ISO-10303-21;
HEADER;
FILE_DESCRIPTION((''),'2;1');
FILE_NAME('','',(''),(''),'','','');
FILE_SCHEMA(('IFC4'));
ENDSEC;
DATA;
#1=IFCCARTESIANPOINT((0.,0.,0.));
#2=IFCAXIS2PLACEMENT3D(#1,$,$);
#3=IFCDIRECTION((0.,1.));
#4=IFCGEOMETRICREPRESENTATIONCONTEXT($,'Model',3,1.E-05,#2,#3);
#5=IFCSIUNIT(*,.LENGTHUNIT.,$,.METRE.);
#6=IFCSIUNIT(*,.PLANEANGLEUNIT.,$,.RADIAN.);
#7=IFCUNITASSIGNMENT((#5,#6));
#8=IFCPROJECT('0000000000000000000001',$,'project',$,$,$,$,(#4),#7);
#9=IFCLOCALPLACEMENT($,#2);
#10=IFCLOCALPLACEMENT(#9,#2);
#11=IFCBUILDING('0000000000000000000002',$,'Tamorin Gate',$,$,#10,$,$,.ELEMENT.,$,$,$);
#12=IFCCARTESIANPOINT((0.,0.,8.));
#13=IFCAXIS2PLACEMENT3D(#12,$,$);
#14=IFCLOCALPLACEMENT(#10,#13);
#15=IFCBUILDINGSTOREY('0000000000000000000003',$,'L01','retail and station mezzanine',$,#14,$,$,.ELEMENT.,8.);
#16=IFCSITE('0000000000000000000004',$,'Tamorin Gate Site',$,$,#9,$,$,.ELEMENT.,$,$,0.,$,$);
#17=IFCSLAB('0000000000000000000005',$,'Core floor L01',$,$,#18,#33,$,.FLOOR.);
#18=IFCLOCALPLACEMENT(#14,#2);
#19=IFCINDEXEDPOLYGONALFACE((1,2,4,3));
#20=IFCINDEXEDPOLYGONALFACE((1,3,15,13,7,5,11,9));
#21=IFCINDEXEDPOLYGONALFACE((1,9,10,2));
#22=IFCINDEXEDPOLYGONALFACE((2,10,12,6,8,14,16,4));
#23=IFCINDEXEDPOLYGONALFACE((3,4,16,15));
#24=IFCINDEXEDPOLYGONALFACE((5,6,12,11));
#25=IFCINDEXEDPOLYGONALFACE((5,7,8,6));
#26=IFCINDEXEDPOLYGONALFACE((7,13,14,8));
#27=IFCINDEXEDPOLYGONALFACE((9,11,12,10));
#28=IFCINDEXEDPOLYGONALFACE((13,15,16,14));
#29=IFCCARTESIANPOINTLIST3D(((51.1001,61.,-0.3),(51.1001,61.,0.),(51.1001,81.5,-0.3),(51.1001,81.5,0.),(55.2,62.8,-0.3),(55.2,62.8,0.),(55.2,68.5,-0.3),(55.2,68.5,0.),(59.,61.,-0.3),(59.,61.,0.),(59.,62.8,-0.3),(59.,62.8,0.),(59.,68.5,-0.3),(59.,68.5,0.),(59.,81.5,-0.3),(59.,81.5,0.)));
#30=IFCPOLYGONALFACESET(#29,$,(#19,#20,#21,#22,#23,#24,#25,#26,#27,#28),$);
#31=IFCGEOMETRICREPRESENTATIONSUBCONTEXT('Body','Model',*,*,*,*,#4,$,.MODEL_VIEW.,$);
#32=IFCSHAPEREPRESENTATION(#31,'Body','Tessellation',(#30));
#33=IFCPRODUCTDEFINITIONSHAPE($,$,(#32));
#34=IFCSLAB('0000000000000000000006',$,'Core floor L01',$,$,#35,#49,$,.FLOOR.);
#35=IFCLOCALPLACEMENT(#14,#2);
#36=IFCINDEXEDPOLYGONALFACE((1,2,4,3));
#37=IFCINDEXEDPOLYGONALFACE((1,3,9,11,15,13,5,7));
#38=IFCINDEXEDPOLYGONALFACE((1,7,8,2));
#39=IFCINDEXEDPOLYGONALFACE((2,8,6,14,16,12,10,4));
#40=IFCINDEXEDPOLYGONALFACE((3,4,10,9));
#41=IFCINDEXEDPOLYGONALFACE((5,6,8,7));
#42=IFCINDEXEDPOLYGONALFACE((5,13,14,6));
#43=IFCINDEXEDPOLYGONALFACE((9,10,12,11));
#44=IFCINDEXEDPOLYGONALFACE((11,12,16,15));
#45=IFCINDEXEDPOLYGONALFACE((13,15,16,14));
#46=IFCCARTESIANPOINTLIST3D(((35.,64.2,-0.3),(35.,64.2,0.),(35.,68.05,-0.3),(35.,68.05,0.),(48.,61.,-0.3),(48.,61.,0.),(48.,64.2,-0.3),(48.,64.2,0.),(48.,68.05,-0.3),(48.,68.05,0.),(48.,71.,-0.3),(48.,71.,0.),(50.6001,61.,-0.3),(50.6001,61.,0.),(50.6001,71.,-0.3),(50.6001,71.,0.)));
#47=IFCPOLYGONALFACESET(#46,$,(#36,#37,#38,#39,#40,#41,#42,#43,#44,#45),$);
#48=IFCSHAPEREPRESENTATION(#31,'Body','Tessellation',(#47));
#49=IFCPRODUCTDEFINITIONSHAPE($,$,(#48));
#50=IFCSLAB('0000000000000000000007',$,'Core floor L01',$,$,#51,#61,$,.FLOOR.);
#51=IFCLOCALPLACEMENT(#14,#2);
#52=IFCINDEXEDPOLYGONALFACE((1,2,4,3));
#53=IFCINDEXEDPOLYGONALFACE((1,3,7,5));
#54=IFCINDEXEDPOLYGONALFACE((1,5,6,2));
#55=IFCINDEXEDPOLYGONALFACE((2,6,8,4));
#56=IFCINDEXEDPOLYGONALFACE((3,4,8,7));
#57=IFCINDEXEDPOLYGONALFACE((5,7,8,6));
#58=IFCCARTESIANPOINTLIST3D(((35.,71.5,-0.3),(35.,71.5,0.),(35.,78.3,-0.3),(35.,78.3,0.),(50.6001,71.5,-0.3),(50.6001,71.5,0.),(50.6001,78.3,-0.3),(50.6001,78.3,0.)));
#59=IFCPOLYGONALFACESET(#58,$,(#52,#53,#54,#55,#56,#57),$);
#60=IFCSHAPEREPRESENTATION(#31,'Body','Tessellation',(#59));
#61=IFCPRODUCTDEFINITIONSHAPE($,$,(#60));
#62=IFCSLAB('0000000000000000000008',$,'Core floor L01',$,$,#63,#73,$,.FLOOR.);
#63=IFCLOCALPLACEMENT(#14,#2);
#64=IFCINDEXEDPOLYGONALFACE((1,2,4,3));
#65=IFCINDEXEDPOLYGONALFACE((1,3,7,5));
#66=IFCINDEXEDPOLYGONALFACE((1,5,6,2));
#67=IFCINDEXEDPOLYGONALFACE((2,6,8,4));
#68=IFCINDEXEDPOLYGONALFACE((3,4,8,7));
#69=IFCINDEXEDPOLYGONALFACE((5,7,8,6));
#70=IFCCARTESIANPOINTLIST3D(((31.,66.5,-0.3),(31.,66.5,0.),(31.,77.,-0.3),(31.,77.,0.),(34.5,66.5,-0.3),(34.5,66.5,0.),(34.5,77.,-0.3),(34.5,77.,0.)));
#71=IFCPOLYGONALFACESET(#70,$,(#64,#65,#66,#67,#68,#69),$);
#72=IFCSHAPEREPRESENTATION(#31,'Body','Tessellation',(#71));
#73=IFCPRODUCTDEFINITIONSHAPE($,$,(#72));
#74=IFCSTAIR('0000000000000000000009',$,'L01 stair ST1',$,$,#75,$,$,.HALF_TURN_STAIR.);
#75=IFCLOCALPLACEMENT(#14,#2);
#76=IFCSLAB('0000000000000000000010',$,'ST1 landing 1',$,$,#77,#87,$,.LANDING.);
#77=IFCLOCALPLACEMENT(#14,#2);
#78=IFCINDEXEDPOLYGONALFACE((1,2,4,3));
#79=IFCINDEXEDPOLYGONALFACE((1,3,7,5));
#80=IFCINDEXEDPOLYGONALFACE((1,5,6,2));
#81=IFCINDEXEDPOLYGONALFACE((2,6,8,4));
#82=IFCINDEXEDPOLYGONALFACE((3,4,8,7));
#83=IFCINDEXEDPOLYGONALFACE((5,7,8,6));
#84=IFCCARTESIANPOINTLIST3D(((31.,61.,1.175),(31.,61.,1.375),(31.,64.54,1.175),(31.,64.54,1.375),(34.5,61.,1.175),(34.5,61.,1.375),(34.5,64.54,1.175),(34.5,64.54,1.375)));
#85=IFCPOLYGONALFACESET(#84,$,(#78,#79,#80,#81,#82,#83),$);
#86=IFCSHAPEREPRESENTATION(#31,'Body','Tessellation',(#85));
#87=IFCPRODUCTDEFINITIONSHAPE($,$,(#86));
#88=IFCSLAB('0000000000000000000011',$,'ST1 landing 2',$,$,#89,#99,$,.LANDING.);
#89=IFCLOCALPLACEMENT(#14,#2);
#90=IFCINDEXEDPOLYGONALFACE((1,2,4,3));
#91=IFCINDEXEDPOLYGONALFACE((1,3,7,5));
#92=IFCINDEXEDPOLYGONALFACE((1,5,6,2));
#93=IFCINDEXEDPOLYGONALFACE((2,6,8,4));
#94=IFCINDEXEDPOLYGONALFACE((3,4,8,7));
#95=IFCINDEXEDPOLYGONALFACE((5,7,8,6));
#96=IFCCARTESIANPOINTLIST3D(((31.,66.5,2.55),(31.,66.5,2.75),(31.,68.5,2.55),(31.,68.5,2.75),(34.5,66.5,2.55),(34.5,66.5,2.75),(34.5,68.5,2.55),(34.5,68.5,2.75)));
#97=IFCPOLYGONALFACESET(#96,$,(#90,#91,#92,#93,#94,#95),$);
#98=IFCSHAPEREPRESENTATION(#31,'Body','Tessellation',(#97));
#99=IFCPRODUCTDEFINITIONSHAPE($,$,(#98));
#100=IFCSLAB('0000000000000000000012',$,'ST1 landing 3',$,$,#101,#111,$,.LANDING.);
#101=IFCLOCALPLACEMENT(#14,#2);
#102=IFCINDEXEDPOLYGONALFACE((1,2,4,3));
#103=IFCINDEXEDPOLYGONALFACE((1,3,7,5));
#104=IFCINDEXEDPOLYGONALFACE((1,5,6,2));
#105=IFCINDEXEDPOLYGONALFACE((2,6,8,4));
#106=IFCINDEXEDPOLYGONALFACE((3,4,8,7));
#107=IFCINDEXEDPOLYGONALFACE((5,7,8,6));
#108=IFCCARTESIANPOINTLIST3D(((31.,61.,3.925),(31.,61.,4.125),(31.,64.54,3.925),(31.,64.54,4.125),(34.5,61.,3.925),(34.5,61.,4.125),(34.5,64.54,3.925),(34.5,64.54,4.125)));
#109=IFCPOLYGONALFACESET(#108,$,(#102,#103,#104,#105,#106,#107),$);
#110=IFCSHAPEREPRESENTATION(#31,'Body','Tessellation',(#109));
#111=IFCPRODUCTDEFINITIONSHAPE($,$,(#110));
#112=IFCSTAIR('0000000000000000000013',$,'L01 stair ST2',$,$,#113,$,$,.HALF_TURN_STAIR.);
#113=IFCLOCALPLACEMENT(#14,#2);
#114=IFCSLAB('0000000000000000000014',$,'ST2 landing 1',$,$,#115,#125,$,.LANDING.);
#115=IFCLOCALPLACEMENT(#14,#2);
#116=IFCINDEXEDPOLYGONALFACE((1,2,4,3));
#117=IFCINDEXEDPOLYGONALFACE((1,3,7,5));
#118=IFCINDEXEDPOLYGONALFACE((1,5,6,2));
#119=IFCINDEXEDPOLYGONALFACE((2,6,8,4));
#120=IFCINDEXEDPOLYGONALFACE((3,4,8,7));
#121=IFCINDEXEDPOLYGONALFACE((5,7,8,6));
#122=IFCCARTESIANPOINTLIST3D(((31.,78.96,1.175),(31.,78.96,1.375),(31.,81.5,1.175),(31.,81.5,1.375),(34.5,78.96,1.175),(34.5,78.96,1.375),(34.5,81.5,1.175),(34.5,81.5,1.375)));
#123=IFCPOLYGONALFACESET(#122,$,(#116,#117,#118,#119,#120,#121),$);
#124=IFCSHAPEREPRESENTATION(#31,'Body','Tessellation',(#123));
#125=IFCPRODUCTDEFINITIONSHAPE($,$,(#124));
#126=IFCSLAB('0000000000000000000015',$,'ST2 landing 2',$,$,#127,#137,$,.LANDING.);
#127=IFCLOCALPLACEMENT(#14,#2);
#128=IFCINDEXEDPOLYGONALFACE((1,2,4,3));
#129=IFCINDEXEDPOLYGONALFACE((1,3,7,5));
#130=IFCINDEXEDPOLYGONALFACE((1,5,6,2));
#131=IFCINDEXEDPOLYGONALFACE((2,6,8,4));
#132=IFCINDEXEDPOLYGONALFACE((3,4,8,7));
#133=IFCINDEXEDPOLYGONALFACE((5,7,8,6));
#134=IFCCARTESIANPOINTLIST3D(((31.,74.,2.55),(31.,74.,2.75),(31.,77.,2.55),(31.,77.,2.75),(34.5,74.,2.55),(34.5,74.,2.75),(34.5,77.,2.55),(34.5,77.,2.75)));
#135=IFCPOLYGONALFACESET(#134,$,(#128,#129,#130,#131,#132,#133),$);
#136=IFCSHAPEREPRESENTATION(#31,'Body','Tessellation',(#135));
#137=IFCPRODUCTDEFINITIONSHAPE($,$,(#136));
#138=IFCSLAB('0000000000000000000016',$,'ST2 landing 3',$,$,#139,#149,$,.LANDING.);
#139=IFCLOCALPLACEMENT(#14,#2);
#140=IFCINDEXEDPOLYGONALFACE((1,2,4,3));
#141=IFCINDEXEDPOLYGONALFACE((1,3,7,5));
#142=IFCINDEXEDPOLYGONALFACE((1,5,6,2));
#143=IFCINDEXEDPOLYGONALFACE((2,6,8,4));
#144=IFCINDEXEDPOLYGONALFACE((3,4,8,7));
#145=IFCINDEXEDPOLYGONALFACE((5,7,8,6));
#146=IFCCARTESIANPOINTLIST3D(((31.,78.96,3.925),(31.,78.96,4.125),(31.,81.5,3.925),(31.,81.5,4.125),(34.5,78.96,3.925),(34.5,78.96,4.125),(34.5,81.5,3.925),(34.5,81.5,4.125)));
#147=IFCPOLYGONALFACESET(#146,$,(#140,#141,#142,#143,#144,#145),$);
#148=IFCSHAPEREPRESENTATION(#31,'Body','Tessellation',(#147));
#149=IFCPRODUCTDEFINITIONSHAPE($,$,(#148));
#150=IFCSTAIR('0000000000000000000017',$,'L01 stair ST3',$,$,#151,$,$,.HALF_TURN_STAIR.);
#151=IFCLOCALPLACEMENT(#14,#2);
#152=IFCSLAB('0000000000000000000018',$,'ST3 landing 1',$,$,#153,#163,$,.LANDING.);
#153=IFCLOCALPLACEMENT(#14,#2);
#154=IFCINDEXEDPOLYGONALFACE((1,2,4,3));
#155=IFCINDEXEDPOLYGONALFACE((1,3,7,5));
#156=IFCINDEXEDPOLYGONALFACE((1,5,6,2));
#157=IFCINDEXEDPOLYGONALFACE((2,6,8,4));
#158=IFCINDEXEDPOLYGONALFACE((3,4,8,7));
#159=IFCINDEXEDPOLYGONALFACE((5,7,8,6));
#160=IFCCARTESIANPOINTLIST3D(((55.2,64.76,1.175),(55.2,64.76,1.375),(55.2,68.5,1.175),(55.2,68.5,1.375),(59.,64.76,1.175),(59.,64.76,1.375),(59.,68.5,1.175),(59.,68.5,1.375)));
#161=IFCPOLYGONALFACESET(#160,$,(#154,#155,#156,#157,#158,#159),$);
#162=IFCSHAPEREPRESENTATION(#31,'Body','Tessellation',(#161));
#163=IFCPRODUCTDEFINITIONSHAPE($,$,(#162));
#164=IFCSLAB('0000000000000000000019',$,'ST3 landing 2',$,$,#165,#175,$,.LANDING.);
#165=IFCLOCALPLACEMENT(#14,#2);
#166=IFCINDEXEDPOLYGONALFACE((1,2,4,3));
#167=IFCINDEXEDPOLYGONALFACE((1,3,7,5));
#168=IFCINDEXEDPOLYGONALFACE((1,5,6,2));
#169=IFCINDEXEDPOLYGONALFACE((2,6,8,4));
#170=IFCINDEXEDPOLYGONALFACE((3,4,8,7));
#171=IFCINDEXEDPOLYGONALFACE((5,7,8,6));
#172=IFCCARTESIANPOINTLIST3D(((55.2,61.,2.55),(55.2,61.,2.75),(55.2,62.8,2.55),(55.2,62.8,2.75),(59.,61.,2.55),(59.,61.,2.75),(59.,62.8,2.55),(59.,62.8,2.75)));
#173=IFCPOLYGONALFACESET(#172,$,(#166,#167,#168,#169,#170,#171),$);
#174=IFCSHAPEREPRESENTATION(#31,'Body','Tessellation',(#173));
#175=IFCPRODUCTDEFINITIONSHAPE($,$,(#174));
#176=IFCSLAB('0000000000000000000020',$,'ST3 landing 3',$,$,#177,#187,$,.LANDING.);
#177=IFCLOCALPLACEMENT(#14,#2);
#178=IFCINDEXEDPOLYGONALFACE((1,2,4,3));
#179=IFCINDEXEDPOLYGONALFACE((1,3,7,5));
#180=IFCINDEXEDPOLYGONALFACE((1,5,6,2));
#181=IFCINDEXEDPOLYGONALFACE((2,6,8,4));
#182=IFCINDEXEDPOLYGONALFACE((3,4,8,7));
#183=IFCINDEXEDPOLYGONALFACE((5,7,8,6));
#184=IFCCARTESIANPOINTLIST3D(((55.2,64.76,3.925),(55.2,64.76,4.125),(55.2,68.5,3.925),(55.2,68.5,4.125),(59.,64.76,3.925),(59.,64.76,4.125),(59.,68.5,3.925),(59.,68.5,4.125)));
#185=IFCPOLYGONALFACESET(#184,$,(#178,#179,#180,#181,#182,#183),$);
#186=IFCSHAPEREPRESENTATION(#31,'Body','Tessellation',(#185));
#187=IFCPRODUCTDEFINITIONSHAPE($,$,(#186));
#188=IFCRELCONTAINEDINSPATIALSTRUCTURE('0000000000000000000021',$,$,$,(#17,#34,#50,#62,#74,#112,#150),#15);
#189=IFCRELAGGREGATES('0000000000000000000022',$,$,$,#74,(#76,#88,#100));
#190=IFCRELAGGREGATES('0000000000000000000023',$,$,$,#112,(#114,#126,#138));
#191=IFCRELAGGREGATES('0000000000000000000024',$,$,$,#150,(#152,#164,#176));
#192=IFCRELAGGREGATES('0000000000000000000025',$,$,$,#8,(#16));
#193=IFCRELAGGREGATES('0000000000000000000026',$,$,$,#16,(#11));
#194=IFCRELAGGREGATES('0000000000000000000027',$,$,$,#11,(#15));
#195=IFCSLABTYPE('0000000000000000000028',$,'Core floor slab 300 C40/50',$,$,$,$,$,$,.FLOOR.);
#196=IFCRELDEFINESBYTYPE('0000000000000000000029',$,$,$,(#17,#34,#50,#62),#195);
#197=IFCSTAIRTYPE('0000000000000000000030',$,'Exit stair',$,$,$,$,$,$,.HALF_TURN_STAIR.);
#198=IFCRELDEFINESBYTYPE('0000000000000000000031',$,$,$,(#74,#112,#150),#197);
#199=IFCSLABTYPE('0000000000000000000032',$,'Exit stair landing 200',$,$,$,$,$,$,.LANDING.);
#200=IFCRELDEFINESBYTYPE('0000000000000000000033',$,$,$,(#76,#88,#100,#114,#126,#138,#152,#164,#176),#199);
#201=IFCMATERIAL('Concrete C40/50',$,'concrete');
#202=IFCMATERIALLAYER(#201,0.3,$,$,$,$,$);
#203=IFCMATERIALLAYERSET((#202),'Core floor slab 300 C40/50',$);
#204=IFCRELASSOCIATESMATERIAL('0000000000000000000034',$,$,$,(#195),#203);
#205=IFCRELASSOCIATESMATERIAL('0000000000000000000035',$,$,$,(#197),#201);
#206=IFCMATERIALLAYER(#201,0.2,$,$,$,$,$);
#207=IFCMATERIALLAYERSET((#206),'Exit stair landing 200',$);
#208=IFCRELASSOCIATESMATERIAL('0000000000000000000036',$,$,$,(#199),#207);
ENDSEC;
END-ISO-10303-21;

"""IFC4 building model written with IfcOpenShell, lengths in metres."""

from ifc_helpers import new_model, si_unit, direction, frame, origin, place, context, subcontext, project, spatial, polyline, outline, extrude, material, layer, layer_set, type_object, element, aggregate, save


model = new_model("IFC4")

# Units and contexts
model_context = context("Model", 3, precision=1e-05, world=origin(), true_north=direction((0.0, 1.0)))
body_context = subcontext(model_context, "Body", "Model", "MODEL_VIEW")
ifc_project = project(units=[si_unit("LENGTHUNIT", "METRE"), si_unit("PLANEANGLEUNIT", "RADIAN")], contexts=[model_context])

# Site, building, storey
site_placement = place(None, origin())
site = spatial("IfcSite", under=ifc_project, at=site_placement, Name="Tamorin Gate Site", CompositionType="ELEMENT", RefElevation=0.0)
building_placement = place(site_placement, origin())
building = spatial("IfcBuilding", under=site, at=building_placement, Name="Tamorin Gate", CompositionType="ELEMENT")
storey_placement = place(building_placement, frame((0.0, 0.0, 8.0)))
storey = spatial("IfcBuildingStorey", under=building, at=storey_placement, Name="L01", Description="retail and station mezzanine", CompositionType="ELEMENT", Elevation=8.0)

# Slabs
ifc_material_1 = material(Name="Concrete C40/50", Category="concrete")
ifc_layer_1 = layer(ifc_material_1, 0.3)
ifc_layer_set_1 = layer_set([ifc_layer_1], Name="Core floor slab 300 C40/50")
slab_type_1 = type_object("IfcSlabType", Name="Core floor slab 300 C40/50", PredefinedType="FLOOR", material=ifc_layer_set_1)
slab_1_placement = place(storey_placement, frame((0.0, 0.0, -0.3)))
element("IfcSlab", 1, at=slab_1_placement, inside=storey, type_object=slab_type_1, Name="Core floor L01", PredefinedType="FLOOR", context=body_context, shape_type="SweptSolid", body=[
    extrude(outline(polyline([(59.0, 62.8), (59.0, 61.0), (51.1001, 61.0), (51.1001, 81.5), (59.0, 81.5), (59.0, 68.5), (55.2, 68.5), (55.2, 62.8), (59.0, 62.8)])), origin(), (0.0, 0.0, 1.0), 0.3),
])
slab_2_placement = place(storey_placement, frame((0.0, 0.0, -0.3)))
element("IfcSlab", 2, at=slab_2_placement, inside=storey, type_object=slab_type_1, Name="Core floor L01", PredefinedType="FLOOR", context=body_context, shape_type="SweptSolid", body=[
    extrude(outline(polyline([(50.6001, 61.0), (48.0, 61.0), (48.0, 64.2), (35.0, 64.2), (35.0, 68.05), (48.0, 68.05), (48.0, 71.0), (50.6001, 71.0), (50.6001, 61.0)])), origin(), (0.0, 0.0, 1.0), 0.3),
])
slab_3_placement = place(storey_placement, frame((0.0, 0.0, -0.3)))
element("IfcSlab", 3, at=slab_3_placement, inside=storey, type_object=slab_type_1, Name="Core floor L01", PredefinedType="FLOOR", context=body_context, shape_type="SweptSolid", body=[
    extrude(outline(polyline([(50.6001, 71.5), (35.0, 71.5), (35.0, 78.3), (50.6001, 78.3), (50.6001, 71.5)])), origin(), (0.0, 0.0, 1.0), 0.3),
])
slab_4_placement = place(storey_placement, frame((0.0, 0.0, -0.3)))
element("IfcSlab", 4, at=slab_4_placement, inside=storey, type_object=slab_type_1, Name="Core floor L01", PredefinedType="FLOOR", context=body_context, shape_type="SweptSolid", body=[
    extrude(outline(polyline([(31.0, 66.5), (31.0, 77.0), (34.5, 77.0), (34.5, 66.5), (31.0, 66.5)])), origin(), (0.0, 0.0, 1.0), 0.3),
])

# Stairs, slabs
stair_type_1 = type_object("IfcStairType", Name="Exit stair", PredefinedType="HALF_TURN_STAIR", material=ifc_material_1)
stair_1_placement = place(storey_placement, origin())
stair_1 = element("IfcStair", 5, at=stair_1_placement, inside=storey, type_object=stair_type_1, Name="L01 stair ST1", PredefinedType="HALF_TURN_STAIR")
ifc_layer_2 = layer(ifc_material_1, 0.2)
ifc_layer_set_2 = layer_set([ifc_layer_2], Name="Exit stair landing 200")
slab_type_2 = type_object("IfcSlabType", Name="Exit stair landing 200", PredefinedType="LANDING", material=ifc_layer_set_2)
slab_5_placement = place(storey_placement, frame((0.0, 0.0, 1.175)))
slab_5 = element("IfcSlab", 6, at=slab_5_placement, type_object=slab_type_2, Name="ST1 landing 1", PredefinedType="LANDING", context=body_context, shape_type="SweptSolid", body=[
    extrude(outline(polyline([(31.0, 64.54), (31.0, 61.0), (34.5, 61.0), (34.5, 64.54), (31.0, 64.54)])), origin(), (0.0, 0.0, 1.0), 0.2),
])
slab_6_placement = place(storey_placement, frame((0.0, 0.0, 2.55)))
slab_6 = element("IfcSlab", 7, at=slab_6_placement, type_object=slab_type_2, Name="ST1 landing 2", PredefinedType="LANDING", context=body_context, shape_type="SweptSolid", body=[
    extrude(outline(polyline([(31.0, 68.5), (31.0, 66.5), (34.5, 66.5), (34.5, 68.5), (31.0, 68.5)])), origin(), (0.0, 0.0, 1.0), 0.2),
])
slab_7_placement = place(storey_placement, frame((0.0, 0.0, 3.925)))
slab_7 = element("IfcSlab", 8, at=slab_7_placement, type_object=slab_type_2, Name="ST1 landing 3", PredefinedType="LANDING", context=body_context, shape_type="SweptSolid", body=[
    extrude(outline(polyline([(31.0, 64.54), (31.0, 61.0), (34.5, 61.0), (34.5, 64.54), (31.0, 64.54)])), origin(), (0.0, 0.0, 1.0), 0.2),
])
aggregate(stair_1, [slab_5, slab_6, slab_7])
stair_2_placement = place(storey_placement, origin())
stair_2 = element("IfcStair", 9, at=stair_2_placement, inside=storey, type_object=stair_type_1, Name="L01 stair ST2", PredefinedType="HALF_TURN_STAIR")
slab_8_placement = place(storey_placement, frame((0.0, 0.0, 1.175)))
slab_8 = element("IfcSlab", 10, at=slab_8_placement, type_object=slab_type_2, Name="ST2 landing 1", PredefinedType="LANDING", context=body_context, shape_type="SweptSolid", body=[
    extrude(outline(polyline([(34.5, 78.96), (34.5, 81.5), (31.0, 81.5), (31.0, 78.96), (34.5, 78.96)])), origin(), (0.0, 0.0, 1.0), 0.2),
])
slab_9_placement = place(storey_placement, frame((0.0, 0.0, 2.55)))
slab_9 = element("IfcSlab", 11, at=slab_9_placement, type_object=slab_type_2, Name="ST2 landing 2", PredefinedType="LANDING", context=body_context, shape_type="SweptSolid", body=[
    extrude(outline(polyline([(34.5, 74.0), (34.5, 77.0), (31.0, 77.0), (31.0, 74.0), (34.5, 74.0)])), origin(), (0.0, 0.0, 1.0), 0.2),
])
slab_10_placement = place(storey_placement, frame((0.0, 0.0, 3.925)))
slab_10 = element("IfcSlab", 12, at=slab_10_placement, type_object=slab_type_2, Name="ST2 landing 3", PredefinedType="LANDING", context=body_context, shape_type="SweptSolid", body=[
    extrude(outline(polyline([(34.5, 78.96), (34.5, 81.5), (31.0, 81.5), (31.0, 78.96), (34.5, 78.96)])), origin(), (0.0, 0.0, 1.0), 0.2),
])
aggregate(stair_2, [slab_8, slab_9, slab_10])
stair_3_placement = place(storey_placement, origin())
stair_3 = element("IfcStair", 13, at=stair_3_placement, inside=storey, type_object=stair_type_1, Name="L01 stair ST3", PredefinedType="HALF_TURN_STAIR")
slab_11_placement = place(storey_placement, frame((0.0, 0.0, 1.175)))
slab_11 = element("IfcSlab", 14, at=slab_11_placement, type_object=slab_type_2, Name="ST3 landing 1", PredefinedType="LANDING", context=body_context, shape_type="SweptSolid", body=[
    extrude(outline(polyline([(59.0, 64.76), (59.0, 68.5), (55.2, 68.5), (55.2, 64.76), (59.0, 64.76)])), origin(), (0.0, 0.0, 1.0), 0.2),
])
slab_12_placement = place(storey_placement, frame((0.0, 0.0, 2.55)))
slab_12 = element("IfcSlab", 15, at=slab_12_placement, type_object=slab_type_2, Name="ST3 landing 2", PredefinedType="LANDING", context=body_context, shape_type="SweptSolid", body=[
    extrude(outline(polyline([(59.0, 61.0), (59.0, 62.8), (55.2, 62.8), (55.2, 61.0), (59.0, 61.0)])), origin(), (0.0, 0.0, 1.0), 0.2),
])
slab_13_placement = place(storey_placement, frame((0.0, 0.0, 3.925)))
slab_13 = element("IfcSlab", 16, at=slab_13_placement, type_object=slab_type_2, Name="ST3 landing 3", PredefinedType="LANDING", context=body_context, shape_type="SweptSolid", body=[
    extrude(outline(polyline([(59.0, 64.76), (59.0, 68.5), (55.2, 68.5), (55.2, 64.76), (59.0, 64.76)])), origin(), (0.0, 0.0, 1.0), 0.2),
])
aggregate(stair_3, [slab_11, slab_12, slab_13])

save(model, "model.ifc")
